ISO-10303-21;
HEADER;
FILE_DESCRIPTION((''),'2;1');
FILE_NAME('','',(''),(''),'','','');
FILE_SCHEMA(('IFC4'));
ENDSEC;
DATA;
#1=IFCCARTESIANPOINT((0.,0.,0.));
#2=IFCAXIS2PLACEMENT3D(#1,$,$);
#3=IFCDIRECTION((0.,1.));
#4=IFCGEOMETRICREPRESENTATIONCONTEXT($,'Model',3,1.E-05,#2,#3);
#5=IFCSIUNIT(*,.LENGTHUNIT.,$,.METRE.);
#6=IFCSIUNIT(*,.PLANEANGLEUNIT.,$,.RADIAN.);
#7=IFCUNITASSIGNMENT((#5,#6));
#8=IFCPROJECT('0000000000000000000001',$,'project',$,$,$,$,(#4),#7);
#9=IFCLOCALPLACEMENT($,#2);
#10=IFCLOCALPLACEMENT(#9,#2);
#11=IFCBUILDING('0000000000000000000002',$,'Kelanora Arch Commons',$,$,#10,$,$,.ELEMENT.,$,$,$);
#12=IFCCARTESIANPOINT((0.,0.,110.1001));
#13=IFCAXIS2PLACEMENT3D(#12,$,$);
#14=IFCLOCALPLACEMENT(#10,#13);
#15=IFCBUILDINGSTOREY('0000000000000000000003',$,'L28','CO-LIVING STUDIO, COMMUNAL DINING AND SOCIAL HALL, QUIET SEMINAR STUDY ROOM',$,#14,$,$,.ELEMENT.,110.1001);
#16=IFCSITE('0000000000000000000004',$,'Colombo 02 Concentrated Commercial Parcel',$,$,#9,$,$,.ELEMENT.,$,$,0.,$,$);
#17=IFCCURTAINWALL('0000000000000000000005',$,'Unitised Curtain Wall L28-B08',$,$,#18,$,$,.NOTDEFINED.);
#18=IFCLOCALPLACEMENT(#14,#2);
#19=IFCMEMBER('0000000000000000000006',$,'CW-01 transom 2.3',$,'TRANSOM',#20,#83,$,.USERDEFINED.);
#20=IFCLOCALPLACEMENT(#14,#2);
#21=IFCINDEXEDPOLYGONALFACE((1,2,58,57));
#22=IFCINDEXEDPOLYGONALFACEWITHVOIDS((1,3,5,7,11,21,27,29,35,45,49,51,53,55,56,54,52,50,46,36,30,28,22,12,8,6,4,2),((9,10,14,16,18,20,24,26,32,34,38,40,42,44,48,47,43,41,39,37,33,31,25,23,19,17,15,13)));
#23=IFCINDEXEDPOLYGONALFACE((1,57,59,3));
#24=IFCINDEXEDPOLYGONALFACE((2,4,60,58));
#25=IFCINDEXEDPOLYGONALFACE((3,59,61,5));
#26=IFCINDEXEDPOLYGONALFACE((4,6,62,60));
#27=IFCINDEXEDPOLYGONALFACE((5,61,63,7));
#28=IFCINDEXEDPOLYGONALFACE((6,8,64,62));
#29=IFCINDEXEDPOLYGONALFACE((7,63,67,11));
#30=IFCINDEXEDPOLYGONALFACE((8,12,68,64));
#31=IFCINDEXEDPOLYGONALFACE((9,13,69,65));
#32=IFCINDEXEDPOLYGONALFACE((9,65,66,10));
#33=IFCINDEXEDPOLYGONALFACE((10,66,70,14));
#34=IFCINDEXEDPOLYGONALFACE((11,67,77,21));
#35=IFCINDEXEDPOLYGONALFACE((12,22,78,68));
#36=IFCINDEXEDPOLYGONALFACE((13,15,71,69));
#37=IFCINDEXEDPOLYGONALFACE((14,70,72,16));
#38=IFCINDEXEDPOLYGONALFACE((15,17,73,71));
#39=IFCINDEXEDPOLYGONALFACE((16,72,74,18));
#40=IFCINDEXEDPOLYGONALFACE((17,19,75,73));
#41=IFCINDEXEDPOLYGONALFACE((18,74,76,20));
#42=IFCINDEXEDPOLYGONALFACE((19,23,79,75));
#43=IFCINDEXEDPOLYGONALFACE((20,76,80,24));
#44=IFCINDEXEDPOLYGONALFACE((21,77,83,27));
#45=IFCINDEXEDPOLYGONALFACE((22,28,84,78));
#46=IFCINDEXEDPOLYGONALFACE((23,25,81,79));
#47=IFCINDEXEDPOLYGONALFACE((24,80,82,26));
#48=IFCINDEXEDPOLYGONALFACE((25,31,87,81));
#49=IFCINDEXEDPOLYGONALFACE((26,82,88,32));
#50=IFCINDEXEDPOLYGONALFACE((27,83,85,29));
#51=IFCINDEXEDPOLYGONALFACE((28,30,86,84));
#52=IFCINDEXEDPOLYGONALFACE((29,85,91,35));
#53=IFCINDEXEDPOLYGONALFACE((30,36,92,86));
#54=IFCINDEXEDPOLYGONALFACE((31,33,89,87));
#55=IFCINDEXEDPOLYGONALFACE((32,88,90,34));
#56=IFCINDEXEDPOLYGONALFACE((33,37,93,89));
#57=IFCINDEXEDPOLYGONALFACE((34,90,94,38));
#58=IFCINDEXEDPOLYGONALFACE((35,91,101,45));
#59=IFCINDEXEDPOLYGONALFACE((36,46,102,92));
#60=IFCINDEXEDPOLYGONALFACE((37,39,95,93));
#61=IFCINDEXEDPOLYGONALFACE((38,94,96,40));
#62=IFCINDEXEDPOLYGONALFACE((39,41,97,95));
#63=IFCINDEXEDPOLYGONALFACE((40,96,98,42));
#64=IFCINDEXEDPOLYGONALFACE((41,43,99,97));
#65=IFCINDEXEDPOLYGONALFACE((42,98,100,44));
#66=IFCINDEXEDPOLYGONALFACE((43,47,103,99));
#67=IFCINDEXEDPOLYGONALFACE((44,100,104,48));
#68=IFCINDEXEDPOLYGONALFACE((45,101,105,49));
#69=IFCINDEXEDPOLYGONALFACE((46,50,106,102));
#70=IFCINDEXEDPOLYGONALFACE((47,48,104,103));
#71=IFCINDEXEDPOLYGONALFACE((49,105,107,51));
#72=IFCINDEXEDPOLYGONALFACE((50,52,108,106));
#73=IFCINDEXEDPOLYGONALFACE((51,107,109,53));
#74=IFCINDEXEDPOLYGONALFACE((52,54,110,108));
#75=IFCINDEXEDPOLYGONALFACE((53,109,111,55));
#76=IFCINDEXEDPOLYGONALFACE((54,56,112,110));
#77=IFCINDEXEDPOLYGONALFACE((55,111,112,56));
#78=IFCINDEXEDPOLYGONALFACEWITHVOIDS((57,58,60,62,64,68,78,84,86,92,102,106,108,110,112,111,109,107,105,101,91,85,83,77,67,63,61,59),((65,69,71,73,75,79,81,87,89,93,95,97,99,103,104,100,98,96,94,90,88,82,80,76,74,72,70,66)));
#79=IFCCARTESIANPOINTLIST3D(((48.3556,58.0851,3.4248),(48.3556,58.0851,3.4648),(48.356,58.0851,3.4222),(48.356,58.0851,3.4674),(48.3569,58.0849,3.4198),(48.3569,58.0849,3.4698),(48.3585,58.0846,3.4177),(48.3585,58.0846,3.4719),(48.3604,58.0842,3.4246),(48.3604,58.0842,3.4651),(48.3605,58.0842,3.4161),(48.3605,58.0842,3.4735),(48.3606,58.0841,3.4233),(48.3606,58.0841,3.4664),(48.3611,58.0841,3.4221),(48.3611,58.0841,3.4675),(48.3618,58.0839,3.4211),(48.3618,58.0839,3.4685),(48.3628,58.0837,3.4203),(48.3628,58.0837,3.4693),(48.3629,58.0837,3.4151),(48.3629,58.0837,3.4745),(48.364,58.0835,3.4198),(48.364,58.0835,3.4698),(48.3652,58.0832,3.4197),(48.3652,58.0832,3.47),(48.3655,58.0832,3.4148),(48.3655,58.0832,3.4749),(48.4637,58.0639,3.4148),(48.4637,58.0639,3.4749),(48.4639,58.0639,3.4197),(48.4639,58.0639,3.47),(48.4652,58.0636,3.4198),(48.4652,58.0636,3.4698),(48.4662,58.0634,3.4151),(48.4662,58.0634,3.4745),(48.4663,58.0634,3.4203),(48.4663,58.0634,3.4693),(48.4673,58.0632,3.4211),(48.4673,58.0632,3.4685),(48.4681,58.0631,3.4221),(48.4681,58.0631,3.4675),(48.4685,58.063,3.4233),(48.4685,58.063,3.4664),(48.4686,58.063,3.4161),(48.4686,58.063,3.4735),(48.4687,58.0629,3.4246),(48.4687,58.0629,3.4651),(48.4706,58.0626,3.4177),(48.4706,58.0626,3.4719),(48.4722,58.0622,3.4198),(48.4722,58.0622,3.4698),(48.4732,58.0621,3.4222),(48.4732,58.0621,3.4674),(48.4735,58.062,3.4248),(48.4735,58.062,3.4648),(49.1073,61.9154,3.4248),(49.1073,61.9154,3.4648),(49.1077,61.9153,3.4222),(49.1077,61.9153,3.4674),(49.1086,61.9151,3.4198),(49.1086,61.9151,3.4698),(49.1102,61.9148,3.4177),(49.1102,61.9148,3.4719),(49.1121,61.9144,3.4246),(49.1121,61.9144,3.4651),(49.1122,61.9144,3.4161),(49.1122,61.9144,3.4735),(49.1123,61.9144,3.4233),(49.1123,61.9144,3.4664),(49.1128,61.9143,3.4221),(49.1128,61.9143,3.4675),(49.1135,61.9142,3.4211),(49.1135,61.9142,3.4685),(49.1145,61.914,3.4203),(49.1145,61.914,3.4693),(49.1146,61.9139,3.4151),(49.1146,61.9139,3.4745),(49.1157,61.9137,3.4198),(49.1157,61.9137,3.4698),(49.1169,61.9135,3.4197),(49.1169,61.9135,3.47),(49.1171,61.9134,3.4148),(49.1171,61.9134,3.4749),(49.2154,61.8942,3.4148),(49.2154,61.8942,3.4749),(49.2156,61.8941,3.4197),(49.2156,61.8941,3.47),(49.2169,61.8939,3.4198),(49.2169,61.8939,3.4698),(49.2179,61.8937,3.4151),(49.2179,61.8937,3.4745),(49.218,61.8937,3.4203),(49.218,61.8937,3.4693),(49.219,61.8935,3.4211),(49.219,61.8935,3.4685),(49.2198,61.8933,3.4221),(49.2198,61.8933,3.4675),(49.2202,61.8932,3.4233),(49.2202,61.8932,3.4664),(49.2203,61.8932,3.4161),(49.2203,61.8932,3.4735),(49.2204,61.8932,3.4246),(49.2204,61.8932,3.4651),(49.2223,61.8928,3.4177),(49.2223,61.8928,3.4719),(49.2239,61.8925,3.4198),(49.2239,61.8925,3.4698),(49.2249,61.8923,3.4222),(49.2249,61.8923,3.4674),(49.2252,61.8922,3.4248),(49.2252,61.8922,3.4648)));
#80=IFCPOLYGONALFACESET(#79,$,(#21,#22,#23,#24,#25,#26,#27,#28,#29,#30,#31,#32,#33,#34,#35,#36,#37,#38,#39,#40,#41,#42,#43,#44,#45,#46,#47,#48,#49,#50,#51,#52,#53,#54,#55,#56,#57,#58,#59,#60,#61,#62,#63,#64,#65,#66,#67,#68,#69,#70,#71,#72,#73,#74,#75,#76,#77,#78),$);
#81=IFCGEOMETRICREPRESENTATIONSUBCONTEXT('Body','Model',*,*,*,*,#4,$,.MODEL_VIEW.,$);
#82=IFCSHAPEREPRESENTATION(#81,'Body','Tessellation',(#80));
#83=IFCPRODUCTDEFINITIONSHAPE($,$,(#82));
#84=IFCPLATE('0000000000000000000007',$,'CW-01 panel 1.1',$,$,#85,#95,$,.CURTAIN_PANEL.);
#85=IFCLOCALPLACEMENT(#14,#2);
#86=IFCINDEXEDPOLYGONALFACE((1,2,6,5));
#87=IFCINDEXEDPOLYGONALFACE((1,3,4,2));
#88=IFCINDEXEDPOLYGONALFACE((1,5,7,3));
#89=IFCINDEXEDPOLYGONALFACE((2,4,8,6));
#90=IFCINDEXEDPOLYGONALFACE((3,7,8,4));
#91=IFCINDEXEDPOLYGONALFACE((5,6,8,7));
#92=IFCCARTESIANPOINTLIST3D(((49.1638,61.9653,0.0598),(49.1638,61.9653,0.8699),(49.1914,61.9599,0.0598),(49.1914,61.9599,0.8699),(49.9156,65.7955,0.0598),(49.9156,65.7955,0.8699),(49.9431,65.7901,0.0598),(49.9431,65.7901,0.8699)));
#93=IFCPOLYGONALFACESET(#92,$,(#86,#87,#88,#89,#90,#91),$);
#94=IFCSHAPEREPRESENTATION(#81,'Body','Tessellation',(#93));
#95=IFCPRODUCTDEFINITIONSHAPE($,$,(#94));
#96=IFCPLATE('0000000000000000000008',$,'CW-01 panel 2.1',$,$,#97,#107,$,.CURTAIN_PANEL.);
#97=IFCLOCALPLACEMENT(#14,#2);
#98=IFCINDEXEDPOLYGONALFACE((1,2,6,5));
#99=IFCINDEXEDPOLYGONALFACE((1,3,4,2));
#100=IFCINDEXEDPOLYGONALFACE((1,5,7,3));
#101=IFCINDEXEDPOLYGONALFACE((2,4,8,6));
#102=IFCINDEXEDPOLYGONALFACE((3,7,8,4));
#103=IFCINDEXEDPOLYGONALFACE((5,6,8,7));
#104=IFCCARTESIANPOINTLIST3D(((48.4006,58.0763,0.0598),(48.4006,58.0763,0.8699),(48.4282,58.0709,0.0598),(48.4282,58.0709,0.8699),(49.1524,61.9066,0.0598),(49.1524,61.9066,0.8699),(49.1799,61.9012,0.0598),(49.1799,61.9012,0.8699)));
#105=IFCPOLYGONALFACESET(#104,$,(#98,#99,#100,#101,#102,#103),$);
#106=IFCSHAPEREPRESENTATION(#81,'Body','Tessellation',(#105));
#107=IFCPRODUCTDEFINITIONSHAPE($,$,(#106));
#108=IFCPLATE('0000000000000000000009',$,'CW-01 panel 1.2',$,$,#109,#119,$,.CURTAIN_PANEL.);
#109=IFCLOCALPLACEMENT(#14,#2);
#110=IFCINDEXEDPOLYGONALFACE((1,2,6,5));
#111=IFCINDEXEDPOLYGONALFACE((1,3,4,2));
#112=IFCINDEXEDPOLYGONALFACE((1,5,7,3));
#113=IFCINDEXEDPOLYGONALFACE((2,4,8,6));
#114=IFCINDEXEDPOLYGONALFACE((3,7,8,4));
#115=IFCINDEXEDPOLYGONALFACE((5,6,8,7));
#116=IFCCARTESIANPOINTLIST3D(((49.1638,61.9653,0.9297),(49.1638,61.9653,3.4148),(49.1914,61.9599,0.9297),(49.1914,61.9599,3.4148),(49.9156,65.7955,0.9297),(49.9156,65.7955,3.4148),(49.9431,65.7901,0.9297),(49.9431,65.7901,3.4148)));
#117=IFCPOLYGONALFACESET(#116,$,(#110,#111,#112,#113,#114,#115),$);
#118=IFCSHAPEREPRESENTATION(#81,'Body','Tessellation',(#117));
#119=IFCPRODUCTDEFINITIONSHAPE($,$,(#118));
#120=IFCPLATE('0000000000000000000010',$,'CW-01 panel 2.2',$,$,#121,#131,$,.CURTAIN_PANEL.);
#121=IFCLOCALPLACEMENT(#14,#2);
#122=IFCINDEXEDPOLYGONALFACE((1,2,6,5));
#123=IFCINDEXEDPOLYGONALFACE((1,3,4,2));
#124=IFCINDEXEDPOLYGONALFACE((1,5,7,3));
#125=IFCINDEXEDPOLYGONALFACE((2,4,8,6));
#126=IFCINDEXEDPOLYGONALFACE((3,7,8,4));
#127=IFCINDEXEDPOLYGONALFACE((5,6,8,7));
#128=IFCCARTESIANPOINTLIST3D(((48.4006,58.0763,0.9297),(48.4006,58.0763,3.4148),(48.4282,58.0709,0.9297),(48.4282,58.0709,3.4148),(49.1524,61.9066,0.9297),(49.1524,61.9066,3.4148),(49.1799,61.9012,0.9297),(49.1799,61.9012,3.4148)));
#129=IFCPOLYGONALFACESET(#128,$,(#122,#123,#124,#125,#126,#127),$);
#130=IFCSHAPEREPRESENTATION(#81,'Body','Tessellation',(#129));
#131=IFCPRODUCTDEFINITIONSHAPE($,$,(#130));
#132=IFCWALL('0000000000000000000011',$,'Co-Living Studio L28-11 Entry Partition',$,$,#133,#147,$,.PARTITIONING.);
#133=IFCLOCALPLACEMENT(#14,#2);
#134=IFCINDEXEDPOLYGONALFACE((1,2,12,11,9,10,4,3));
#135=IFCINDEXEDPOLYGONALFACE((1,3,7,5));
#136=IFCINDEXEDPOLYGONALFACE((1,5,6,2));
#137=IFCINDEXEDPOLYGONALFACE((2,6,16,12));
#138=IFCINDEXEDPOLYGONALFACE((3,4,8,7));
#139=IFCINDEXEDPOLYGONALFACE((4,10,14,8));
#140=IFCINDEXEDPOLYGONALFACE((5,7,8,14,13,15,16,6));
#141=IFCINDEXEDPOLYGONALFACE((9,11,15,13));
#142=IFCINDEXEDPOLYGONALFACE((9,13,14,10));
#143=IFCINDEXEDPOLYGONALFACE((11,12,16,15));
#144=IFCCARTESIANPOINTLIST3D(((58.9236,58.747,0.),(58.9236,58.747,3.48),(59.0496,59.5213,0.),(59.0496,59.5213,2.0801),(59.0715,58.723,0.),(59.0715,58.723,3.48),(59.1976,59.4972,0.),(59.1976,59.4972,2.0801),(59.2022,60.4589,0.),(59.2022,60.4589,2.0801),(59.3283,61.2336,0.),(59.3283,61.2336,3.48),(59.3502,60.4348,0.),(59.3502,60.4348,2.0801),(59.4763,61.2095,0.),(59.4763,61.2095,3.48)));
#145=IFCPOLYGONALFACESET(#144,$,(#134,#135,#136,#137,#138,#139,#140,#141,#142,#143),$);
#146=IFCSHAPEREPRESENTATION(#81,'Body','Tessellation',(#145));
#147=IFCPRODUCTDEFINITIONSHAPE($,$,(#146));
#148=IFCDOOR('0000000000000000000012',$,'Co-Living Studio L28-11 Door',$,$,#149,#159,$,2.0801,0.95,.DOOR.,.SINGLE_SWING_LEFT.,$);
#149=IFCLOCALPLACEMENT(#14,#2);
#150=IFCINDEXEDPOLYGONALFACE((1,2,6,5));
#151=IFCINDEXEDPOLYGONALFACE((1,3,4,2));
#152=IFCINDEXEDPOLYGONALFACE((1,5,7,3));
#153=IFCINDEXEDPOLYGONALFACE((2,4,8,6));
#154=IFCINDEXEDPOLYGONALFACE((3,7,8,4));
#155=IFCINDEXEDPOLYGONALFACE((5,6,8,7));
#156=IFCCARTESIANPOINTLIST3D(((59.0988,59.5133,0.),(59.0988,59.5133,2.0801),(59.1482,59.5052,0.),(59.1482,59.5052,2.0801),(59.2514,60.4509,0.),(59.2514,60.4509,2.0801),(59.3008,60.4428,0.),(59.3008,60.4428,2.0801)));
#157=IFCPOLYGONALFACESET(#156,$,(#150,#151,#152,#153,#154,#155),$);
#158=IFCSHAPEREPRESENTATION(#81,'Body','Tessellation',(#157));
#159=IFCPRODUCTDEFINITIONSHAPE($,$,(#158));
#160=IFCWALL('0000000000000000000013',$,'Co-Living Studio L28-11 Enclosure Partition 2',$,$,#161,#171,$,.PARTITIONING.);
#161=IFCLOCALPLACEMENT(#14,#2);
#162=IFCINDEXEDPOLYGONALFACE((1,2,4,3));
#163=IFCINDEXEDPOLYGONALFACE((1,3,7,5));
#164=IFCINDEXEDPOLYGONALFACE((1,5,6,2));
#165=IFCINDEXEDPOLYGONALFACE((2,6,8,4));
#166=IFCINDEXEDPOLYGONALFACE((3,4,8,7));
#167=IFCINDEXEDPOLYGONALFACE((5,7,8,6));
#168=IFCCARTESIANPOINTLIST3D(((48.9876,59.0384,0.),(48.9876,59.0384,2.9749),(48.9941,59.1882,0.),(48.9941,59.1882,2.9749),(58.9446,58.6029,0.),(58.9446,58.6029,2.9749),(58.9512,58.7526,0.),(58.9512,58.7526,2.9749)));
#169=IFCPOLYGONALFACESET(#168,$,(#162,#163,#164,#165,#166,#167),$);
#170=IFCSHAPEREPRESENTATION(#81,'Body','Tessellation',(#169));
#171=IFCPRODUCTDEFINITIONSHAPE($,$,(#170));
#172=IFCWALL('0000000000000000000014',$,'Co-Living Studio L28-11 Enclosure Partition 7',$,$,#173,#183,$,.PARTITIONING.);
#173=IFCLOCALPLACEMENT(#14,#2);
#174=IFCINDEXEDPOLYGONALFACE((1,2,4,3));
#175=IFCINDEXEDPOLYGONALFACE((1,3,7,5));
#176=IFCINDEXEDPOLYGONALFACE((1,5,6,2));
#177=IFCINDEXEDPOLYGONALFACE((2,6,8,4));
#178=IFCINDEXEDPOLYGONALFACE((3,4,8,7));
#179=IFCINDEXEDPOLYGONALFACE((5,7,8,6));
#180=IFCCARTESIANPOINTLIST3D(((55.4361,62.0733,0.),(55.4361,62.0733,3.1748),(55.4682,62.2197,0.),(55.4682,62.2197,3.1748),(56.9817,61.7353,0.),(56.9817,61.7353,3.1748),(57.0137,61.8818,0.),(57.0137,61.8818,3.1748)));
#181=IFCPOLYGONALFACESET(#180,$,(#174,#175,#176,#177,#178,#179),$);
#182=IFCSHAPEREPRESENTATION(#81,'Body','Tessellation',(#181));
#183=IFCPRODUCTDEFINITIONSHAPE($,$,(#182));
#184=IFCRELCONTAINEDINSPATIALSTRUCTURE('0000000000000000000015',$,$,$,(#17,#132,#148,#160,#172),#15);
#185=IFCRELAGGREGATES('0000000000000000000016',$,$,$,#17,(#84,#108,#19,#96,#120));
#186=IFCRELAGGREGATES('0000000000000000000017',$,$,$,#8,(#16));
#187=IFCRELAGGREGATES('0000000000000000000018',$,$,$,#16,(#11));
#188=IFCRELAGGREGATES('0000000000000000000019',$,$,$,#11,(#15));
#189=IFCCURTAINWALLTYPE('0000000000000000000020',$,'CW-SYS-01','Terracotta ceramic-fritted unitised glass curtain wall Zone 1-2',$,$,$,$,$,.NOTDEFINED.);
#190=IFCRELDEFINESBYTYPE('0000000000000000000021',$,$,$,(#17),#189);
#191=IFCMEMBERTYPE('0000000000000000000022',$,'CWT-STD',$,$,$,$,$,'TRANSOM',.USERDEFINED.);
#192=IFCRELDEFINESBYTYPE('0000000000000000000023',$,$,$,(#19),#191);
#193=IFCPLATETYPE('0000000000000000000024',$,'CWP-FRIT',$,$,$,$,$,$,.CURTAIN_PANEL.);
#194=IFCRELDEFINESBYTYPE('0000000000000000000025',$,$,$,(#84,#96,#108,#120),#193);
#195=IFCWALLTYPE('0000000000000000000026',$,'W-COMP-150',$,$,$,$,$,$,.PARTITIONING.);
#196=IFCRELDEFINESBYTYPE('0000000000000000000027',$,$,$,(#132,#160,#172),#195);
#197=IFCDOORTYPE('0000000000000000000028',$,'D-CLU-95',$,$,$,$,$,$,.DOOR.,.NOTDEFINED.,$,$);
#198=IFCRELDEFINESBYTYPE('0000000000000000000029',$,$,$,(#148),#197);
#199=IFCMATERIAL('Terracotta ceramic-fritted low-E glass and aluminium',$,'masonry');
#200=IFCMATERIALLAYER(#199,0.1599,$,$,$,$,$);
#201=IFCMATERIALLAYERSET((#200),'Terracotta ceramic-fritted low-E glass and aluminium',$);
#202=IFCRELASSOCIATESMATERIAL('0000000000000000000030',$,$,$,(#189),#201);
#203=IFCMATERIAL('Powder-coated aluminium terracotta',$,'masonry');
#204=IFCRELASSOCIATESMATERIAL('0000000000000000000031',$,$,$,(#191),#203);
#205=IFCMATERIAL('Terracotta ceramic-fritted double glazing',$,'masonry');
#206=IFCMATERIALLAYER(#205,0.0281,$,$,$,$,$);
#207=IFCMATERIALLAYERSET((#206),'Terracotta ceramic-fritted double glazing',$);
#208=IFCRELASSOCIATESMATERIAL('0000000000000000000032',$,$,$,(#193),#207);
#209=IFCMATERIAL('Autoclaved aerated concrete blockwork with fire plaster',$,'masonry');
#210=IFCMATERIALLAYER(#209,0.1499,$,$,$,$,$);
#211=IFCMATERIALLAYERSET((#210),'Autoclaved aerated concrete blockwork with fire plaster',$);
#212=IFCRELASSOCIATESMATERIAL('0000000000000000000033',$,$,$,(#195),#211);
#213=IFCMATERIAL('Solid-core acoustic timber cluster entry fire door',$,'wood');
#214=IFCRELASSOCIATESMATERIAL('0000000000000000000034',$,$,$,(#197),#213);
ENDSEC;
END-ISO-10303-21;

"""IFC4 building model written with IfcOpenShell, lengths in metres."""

from ifc_helpers import new_model, si_unit, direction, frame, frame_2d, origin, origin_2d, place, context, subcontext, project, spatial, rectangle, hollow_rectangle, extrude, source, transform, mapped, material, layer, layer_set, material_profile, profile_set, type_object, element, fill, aggregate, save


model = new_model("IFC4")

# Units and contexts
model_context = context("Model", 3, precision=1e-05, world=origin(), true_north=direction((0.0, 1.0)))
body_context = subcontext(model_context, "Body", "Model", "MODEL_VIEW")
ifc_project = project(units=[si_unit("LENGTHUNIT", "METRE"), si_unit("PLANEANGLEUNIT", "RADIAN")], contexts=[model_context])

# Site, building, storey
site_placement = place(None, origin())
site = spatial("IfcSite", under=ifc_project, at=site_placement, Name="Colombo 02 Concentrated Commercial Parcel", CompositionType="ELEMENT", RefElevation=0.0)
building_placement = place(site_placement, origin())
building = spatial("IfcBuilding", under=site, at=building_placement, Name="Kelanora Arch Commons", CompositionType="ELEMENT")
storey_placement = place(building_placement, frame((0.0, 0.0, 110.1001)))
storey = spatial("IfcBuildingStorey", under=building, at=storey_placement, Name="L28", Description="CO-LIVING STUDIO, COMMUNAL DINING AND SOCIAL HALL, QUIET SEMINAR STUDY ROOM", CompositionType="ELEMENT", Elevation=110.1001)

# Curtain wall, member, plates
ifc_material_1 = material(Name="Terracotta ceramic-fritted low-E glass and aluminium", Category="masonry")
ifc_layer_1 = layer(ifc_material_1, 0.1599)
ifc_layer_set_1 = layer_set([ifc_layer_1], Name="Terracotta ceramic-fritted low-E glass and aluminium")
curtain_wall_type = type_object("IfcCurtainWallType", Name="CW-SYS-01", Description="Terracotta ceramic-fritted unitised glass curtain wall Zone 1-2", PredefinedType="NOTDEFINED", material=ifc_layer_set_1)
curtain_wall_placement = place(storey_placement, origin())
curtain_wall = element("IfcCurtainWall", 1, at=curtain_wall_placement, inside=storey, type_object=curtain_wall_type, Name="Unitised Curtain Wall L28-B08", PredefinedType="NOTDEFINED")
ifc_material_2 = material(Name="Powder-coated aluminium terracotta", Category="masonry")
ifc_material_profile_1 = material_profile(ifc_material_2, hollow_rectangle(XDim=0.1201, YDim=0.0601, WallThickness=0.0049, InnerFilletRadius=0.0049, OuterFilletRadius=0.01, at=origin_2d()), Name="CWT120x60")
ifc_profile_set_1 = profile_set([ifc_material_profile_1], Name="Powder-coated aluminium terracotta")
member_type_1 = type_object("IfcMemberType", Name="CWT-STD", ElementType="TRANSOM", PredefinedType="USERDEFINED", material=ifc_profile_set_1)
member_1_placement = place(storey_placement, frame((49.1663, 61.9038, 3.4448), z_axis=(-0.192579, -0.981282, 0.0), x_axis=(0.981282, -0.192579, 0.0)))
member_1 = element("IfcMember", 2, at=member_1_placement, type_object=member_type_1, Name="CW-01 transom 2.3", ObjectType="TRANSOM", PredefinedType="USERDEFINED", context=body_context, shape_type="SweptSolid", body=[
    extrude(hollow_rectangle(XDim=0.1201, YDim=0.0601, WallThickness=0.0049, InnerFilletRadius=0.0049, OuterFilletRadius=0.01, at=origin_2d()), origin(), (0.0, 0.0, 1.0), 3.9033),
])
ifc_material_3 = material(Name="Terracotta ceramic-fritted double glazing", Category="masonry")
ifc_layer_2 = layer(ifc_material_3, 0.0281)
ifc_layer_set_2 = layer_set([ifc_layer_2], Name="Terracotta ceramic-fritted double glazing")
plate_type = type_object("IfcPlateType", Name="CWP-FRIT", PredefinedType="CURTAIN_PANEL", material=ifc_layer_set_2)
shared_shape_1 = source(origin(), body_context, "Body", "SweptSolid", [
    extrude(rectangle(XDim=3.9033, YDim=0.0281, at=origin_2d()), origin(), (0.0, 0.0, 1.0), 0.8101),
])
plate_1_placement = place(storey_placement, frame((49.5535, 63.8777, 0.0598), z_axis=(0.0, 0.0, 1.0), x_axis=(-0.192585, -0.98128, 0.0)))
plate_1 = element("IfcPlate", 3, at=plate_1_placement, type_object=plate_type, Name="CW-01 panel 1.1", PredefinedType="CURTAIN_PANEL", context=body_context, shape_type="MappedRepresentation", body=[
    mapped(shared_shape_1, transform((0.0, 0.0, 0.0), scale=1.0)),
])
plate_2_placement = place(storey_placement, frame((48.7903, 59.9888, 0.0598), z_axis=(0.0, 0.0, 1.0), x_axis=(-0.192585, -0.98128, 0.0)))
plate_2 = element("IfcPlate", 4, at=plate_2_placement, type_object=plate_type, Name="CW-01 panel 2.1", PredefinedType="CURTAIN_PANEL", context=body_context, shape_type="MappedRepresentation", body=[
    mapped(shared_shape_1, transform((0.0, 0.0, 0.0), scale=1.0)),
])
shared_shape_2 = source(origin(), body_context, "Body", "SweptSolid", [
    extrude(rectangle(XDim=3.9033, YDim=0.0281, at=origin_2d()), origin(), (0.0, 0.0, 1.0), 2.4851),
])
plate_3_placement = place(storey_placement, frame((49.5535, 63.8777, 0.9297), z_axis=(0.0, 0.0, 1.0), x_axis=(-0.192585, -0.98128, 0.0)))
plate_3 = element("IfcPlate", 5, at=plate_3_placement, type_object=plate_type, Name="CW-01 panel 1.2", PredefinedType="CURTAIN_PANEL", context=body_context, shape_type="MappedRepresentation", body=[
    mapped(shared_shape_2, transform((0.0, 0.0, 0.0), scale=1.0)),
])
plate_4_placement = place(storey_placement, frame((48.7903, 59.9888, 0.9297), z_axis=(0.0, 0.0, 1.0), x_axis=(-0.192585, -0.98128, 0.0)))
plate_4 = element("IfcPlate", 6, at=plate_4_placement, type_object=plate_type, Name="CW-01 panel 2.2", PredefinedType="CURTAIN_PANEL", context=body_context, shape_type="MappedRepresentation", body=[
    mapped(shared_shape_2, transform((0.0, 0.0, 0.0), scale=1.0)),
])
aggregate(curtain_wall, [plate_1, plate_3, member_1, plate_2, plate_4])

# Wall, opening, door
ifc_material_4 = material(Name="Autoclaved aerated concrete blockwork with fire plaster", Category="masonry")
ifc_layer_3 = layer(ifc_material_4, 0.1499)
ifc_layer_set_3 = layer_set([ifc_layer_3], Name="Autoclaved aerated concrete blockwork with fire plaster")
wall_type_1 = type_object("IfcWallType", Name="W-COMP-150", PredefinedType="PARTITIONING", material=ifc_layer_set_3)
wall_1_placement = place(storey_placement, frame((59.4023, 61.2217, 0.0), z_axis=(0.0, 0.0, 1.0), x_axis=(-0.160673, -0.987008, 0.0)))
wall_1 = element("IfcWall", 7, at=wall_1_placement, inside=storey, type_object=wall_type_1, Name="Co-Living Studio L28-11 Entry Partition", PredefinedType="PARTITIONING", context=body_context, shape_type="SweptSolid", body=[
    extrude(rectangle(XDim=2.5193, YDim=0.1499, at=frame_2d((1.2598, 0.0))), origin(), (0.0, 0.0, 1.0), 3.48),
])
opening_1_placement = place(wall_1_placement, frame((0.7849, 0.0, 0.0)))
opening_1 = element("IfcOpeningElement", 8, at=opening_1_placement, cuts=wall_1, PredefinedType="OPENING", context=body_context, shape_type="SweptSolid", body=[
    extrude(rectangle(XDim=0.95, YDim=2.0801, at=frame_2d((0.4751, 1.04))), frame((0.0, 0.085, 0.0), z_axis=(0.0, -1.0, 0.0), x_axis=(1.0, 0.0, 0.0)), (0.0, 0.0, 1.0), 0.1699),
])
ifc_material_5 = material(Name="Solid-core acoustic timber cluster entry fire door", Category="wood")
door_type_1 = type_object("IfcDoorType", Name="D-CLU-95", OperationType="NOTDEFINED", PredefinedType="DOOR", material=ifc_material_5)
door_1_placement = place(opening_1_placement, origin())
door_1 = element("IfcDoor", 9, at=door_1_placement, inside=storey, type_object=door_type_1, Name="Co-Living Studio L28-11 Door", OperationType="SINGLE_SWING_LEFT", OverallHeight=2.0801, OverallWidth=0.95, PredefinedType="DOOR", context=body_context, shape_type="SweptSolid", body=[
    extrude(rectangle(XDim=0.95, YDim=2.0801, at=frame_2d((0.4751, 1.04))), frame((0.0, 0.0249, 0.0), z_axis=(0.0, -1.0, 0.0), x_axis=(1.0, 0.0, 0.0)), (0.0, 0.0, 1.0), 0.05),
])
fill(opening_1, door_1)

# Walls
wall_2_placement = place(storey_placement, frame((58.948, 58.6777, 0.0), z_axis=(0.0, 0.0, 1.0), x_axis=(-0.999045, 0.043701, 0.0)))
element("IfcWall", 10, at=wall_2_placement, inside=storey, type_object=wall_type_1, Name="Co-Living Studio L28-11 Enclosure Partition 2", PredefinedType="PARTITIONING", context=body_context, shape_type="SweptSolid", body=[
    extrude(rectangle(XDim=9.9666, YDim=0.1499, at=frame_2d((4.9834, 0.0))), origin(), (0.0, 0.0, 1.0), 2.9749),
])
wall_3_placement = place(storey_placement, frame((55.4521, 62.1465, 0.0), z_axis=(0.0, 0.0, 1.0), x_axis=(0.976922, -0.213596, 0.0)))
element("IfcWall", 11, at=wall_3_placement, inside=storey, type_object=wall_type_1, Name="Co-Living Studio L28-11 Enclosure Partition 7", PredefinedType="PARTITIONING", context=body_context, shape_type="SweptSolid", body=[
    extrude(rectangle(XDim=1.582, YDim=0.1499, at=frame_2d((0.791, 0.0))), origin(), (0.0, 0.0, 1.0), 3.1748),
])

save(model, "model.ifc")
